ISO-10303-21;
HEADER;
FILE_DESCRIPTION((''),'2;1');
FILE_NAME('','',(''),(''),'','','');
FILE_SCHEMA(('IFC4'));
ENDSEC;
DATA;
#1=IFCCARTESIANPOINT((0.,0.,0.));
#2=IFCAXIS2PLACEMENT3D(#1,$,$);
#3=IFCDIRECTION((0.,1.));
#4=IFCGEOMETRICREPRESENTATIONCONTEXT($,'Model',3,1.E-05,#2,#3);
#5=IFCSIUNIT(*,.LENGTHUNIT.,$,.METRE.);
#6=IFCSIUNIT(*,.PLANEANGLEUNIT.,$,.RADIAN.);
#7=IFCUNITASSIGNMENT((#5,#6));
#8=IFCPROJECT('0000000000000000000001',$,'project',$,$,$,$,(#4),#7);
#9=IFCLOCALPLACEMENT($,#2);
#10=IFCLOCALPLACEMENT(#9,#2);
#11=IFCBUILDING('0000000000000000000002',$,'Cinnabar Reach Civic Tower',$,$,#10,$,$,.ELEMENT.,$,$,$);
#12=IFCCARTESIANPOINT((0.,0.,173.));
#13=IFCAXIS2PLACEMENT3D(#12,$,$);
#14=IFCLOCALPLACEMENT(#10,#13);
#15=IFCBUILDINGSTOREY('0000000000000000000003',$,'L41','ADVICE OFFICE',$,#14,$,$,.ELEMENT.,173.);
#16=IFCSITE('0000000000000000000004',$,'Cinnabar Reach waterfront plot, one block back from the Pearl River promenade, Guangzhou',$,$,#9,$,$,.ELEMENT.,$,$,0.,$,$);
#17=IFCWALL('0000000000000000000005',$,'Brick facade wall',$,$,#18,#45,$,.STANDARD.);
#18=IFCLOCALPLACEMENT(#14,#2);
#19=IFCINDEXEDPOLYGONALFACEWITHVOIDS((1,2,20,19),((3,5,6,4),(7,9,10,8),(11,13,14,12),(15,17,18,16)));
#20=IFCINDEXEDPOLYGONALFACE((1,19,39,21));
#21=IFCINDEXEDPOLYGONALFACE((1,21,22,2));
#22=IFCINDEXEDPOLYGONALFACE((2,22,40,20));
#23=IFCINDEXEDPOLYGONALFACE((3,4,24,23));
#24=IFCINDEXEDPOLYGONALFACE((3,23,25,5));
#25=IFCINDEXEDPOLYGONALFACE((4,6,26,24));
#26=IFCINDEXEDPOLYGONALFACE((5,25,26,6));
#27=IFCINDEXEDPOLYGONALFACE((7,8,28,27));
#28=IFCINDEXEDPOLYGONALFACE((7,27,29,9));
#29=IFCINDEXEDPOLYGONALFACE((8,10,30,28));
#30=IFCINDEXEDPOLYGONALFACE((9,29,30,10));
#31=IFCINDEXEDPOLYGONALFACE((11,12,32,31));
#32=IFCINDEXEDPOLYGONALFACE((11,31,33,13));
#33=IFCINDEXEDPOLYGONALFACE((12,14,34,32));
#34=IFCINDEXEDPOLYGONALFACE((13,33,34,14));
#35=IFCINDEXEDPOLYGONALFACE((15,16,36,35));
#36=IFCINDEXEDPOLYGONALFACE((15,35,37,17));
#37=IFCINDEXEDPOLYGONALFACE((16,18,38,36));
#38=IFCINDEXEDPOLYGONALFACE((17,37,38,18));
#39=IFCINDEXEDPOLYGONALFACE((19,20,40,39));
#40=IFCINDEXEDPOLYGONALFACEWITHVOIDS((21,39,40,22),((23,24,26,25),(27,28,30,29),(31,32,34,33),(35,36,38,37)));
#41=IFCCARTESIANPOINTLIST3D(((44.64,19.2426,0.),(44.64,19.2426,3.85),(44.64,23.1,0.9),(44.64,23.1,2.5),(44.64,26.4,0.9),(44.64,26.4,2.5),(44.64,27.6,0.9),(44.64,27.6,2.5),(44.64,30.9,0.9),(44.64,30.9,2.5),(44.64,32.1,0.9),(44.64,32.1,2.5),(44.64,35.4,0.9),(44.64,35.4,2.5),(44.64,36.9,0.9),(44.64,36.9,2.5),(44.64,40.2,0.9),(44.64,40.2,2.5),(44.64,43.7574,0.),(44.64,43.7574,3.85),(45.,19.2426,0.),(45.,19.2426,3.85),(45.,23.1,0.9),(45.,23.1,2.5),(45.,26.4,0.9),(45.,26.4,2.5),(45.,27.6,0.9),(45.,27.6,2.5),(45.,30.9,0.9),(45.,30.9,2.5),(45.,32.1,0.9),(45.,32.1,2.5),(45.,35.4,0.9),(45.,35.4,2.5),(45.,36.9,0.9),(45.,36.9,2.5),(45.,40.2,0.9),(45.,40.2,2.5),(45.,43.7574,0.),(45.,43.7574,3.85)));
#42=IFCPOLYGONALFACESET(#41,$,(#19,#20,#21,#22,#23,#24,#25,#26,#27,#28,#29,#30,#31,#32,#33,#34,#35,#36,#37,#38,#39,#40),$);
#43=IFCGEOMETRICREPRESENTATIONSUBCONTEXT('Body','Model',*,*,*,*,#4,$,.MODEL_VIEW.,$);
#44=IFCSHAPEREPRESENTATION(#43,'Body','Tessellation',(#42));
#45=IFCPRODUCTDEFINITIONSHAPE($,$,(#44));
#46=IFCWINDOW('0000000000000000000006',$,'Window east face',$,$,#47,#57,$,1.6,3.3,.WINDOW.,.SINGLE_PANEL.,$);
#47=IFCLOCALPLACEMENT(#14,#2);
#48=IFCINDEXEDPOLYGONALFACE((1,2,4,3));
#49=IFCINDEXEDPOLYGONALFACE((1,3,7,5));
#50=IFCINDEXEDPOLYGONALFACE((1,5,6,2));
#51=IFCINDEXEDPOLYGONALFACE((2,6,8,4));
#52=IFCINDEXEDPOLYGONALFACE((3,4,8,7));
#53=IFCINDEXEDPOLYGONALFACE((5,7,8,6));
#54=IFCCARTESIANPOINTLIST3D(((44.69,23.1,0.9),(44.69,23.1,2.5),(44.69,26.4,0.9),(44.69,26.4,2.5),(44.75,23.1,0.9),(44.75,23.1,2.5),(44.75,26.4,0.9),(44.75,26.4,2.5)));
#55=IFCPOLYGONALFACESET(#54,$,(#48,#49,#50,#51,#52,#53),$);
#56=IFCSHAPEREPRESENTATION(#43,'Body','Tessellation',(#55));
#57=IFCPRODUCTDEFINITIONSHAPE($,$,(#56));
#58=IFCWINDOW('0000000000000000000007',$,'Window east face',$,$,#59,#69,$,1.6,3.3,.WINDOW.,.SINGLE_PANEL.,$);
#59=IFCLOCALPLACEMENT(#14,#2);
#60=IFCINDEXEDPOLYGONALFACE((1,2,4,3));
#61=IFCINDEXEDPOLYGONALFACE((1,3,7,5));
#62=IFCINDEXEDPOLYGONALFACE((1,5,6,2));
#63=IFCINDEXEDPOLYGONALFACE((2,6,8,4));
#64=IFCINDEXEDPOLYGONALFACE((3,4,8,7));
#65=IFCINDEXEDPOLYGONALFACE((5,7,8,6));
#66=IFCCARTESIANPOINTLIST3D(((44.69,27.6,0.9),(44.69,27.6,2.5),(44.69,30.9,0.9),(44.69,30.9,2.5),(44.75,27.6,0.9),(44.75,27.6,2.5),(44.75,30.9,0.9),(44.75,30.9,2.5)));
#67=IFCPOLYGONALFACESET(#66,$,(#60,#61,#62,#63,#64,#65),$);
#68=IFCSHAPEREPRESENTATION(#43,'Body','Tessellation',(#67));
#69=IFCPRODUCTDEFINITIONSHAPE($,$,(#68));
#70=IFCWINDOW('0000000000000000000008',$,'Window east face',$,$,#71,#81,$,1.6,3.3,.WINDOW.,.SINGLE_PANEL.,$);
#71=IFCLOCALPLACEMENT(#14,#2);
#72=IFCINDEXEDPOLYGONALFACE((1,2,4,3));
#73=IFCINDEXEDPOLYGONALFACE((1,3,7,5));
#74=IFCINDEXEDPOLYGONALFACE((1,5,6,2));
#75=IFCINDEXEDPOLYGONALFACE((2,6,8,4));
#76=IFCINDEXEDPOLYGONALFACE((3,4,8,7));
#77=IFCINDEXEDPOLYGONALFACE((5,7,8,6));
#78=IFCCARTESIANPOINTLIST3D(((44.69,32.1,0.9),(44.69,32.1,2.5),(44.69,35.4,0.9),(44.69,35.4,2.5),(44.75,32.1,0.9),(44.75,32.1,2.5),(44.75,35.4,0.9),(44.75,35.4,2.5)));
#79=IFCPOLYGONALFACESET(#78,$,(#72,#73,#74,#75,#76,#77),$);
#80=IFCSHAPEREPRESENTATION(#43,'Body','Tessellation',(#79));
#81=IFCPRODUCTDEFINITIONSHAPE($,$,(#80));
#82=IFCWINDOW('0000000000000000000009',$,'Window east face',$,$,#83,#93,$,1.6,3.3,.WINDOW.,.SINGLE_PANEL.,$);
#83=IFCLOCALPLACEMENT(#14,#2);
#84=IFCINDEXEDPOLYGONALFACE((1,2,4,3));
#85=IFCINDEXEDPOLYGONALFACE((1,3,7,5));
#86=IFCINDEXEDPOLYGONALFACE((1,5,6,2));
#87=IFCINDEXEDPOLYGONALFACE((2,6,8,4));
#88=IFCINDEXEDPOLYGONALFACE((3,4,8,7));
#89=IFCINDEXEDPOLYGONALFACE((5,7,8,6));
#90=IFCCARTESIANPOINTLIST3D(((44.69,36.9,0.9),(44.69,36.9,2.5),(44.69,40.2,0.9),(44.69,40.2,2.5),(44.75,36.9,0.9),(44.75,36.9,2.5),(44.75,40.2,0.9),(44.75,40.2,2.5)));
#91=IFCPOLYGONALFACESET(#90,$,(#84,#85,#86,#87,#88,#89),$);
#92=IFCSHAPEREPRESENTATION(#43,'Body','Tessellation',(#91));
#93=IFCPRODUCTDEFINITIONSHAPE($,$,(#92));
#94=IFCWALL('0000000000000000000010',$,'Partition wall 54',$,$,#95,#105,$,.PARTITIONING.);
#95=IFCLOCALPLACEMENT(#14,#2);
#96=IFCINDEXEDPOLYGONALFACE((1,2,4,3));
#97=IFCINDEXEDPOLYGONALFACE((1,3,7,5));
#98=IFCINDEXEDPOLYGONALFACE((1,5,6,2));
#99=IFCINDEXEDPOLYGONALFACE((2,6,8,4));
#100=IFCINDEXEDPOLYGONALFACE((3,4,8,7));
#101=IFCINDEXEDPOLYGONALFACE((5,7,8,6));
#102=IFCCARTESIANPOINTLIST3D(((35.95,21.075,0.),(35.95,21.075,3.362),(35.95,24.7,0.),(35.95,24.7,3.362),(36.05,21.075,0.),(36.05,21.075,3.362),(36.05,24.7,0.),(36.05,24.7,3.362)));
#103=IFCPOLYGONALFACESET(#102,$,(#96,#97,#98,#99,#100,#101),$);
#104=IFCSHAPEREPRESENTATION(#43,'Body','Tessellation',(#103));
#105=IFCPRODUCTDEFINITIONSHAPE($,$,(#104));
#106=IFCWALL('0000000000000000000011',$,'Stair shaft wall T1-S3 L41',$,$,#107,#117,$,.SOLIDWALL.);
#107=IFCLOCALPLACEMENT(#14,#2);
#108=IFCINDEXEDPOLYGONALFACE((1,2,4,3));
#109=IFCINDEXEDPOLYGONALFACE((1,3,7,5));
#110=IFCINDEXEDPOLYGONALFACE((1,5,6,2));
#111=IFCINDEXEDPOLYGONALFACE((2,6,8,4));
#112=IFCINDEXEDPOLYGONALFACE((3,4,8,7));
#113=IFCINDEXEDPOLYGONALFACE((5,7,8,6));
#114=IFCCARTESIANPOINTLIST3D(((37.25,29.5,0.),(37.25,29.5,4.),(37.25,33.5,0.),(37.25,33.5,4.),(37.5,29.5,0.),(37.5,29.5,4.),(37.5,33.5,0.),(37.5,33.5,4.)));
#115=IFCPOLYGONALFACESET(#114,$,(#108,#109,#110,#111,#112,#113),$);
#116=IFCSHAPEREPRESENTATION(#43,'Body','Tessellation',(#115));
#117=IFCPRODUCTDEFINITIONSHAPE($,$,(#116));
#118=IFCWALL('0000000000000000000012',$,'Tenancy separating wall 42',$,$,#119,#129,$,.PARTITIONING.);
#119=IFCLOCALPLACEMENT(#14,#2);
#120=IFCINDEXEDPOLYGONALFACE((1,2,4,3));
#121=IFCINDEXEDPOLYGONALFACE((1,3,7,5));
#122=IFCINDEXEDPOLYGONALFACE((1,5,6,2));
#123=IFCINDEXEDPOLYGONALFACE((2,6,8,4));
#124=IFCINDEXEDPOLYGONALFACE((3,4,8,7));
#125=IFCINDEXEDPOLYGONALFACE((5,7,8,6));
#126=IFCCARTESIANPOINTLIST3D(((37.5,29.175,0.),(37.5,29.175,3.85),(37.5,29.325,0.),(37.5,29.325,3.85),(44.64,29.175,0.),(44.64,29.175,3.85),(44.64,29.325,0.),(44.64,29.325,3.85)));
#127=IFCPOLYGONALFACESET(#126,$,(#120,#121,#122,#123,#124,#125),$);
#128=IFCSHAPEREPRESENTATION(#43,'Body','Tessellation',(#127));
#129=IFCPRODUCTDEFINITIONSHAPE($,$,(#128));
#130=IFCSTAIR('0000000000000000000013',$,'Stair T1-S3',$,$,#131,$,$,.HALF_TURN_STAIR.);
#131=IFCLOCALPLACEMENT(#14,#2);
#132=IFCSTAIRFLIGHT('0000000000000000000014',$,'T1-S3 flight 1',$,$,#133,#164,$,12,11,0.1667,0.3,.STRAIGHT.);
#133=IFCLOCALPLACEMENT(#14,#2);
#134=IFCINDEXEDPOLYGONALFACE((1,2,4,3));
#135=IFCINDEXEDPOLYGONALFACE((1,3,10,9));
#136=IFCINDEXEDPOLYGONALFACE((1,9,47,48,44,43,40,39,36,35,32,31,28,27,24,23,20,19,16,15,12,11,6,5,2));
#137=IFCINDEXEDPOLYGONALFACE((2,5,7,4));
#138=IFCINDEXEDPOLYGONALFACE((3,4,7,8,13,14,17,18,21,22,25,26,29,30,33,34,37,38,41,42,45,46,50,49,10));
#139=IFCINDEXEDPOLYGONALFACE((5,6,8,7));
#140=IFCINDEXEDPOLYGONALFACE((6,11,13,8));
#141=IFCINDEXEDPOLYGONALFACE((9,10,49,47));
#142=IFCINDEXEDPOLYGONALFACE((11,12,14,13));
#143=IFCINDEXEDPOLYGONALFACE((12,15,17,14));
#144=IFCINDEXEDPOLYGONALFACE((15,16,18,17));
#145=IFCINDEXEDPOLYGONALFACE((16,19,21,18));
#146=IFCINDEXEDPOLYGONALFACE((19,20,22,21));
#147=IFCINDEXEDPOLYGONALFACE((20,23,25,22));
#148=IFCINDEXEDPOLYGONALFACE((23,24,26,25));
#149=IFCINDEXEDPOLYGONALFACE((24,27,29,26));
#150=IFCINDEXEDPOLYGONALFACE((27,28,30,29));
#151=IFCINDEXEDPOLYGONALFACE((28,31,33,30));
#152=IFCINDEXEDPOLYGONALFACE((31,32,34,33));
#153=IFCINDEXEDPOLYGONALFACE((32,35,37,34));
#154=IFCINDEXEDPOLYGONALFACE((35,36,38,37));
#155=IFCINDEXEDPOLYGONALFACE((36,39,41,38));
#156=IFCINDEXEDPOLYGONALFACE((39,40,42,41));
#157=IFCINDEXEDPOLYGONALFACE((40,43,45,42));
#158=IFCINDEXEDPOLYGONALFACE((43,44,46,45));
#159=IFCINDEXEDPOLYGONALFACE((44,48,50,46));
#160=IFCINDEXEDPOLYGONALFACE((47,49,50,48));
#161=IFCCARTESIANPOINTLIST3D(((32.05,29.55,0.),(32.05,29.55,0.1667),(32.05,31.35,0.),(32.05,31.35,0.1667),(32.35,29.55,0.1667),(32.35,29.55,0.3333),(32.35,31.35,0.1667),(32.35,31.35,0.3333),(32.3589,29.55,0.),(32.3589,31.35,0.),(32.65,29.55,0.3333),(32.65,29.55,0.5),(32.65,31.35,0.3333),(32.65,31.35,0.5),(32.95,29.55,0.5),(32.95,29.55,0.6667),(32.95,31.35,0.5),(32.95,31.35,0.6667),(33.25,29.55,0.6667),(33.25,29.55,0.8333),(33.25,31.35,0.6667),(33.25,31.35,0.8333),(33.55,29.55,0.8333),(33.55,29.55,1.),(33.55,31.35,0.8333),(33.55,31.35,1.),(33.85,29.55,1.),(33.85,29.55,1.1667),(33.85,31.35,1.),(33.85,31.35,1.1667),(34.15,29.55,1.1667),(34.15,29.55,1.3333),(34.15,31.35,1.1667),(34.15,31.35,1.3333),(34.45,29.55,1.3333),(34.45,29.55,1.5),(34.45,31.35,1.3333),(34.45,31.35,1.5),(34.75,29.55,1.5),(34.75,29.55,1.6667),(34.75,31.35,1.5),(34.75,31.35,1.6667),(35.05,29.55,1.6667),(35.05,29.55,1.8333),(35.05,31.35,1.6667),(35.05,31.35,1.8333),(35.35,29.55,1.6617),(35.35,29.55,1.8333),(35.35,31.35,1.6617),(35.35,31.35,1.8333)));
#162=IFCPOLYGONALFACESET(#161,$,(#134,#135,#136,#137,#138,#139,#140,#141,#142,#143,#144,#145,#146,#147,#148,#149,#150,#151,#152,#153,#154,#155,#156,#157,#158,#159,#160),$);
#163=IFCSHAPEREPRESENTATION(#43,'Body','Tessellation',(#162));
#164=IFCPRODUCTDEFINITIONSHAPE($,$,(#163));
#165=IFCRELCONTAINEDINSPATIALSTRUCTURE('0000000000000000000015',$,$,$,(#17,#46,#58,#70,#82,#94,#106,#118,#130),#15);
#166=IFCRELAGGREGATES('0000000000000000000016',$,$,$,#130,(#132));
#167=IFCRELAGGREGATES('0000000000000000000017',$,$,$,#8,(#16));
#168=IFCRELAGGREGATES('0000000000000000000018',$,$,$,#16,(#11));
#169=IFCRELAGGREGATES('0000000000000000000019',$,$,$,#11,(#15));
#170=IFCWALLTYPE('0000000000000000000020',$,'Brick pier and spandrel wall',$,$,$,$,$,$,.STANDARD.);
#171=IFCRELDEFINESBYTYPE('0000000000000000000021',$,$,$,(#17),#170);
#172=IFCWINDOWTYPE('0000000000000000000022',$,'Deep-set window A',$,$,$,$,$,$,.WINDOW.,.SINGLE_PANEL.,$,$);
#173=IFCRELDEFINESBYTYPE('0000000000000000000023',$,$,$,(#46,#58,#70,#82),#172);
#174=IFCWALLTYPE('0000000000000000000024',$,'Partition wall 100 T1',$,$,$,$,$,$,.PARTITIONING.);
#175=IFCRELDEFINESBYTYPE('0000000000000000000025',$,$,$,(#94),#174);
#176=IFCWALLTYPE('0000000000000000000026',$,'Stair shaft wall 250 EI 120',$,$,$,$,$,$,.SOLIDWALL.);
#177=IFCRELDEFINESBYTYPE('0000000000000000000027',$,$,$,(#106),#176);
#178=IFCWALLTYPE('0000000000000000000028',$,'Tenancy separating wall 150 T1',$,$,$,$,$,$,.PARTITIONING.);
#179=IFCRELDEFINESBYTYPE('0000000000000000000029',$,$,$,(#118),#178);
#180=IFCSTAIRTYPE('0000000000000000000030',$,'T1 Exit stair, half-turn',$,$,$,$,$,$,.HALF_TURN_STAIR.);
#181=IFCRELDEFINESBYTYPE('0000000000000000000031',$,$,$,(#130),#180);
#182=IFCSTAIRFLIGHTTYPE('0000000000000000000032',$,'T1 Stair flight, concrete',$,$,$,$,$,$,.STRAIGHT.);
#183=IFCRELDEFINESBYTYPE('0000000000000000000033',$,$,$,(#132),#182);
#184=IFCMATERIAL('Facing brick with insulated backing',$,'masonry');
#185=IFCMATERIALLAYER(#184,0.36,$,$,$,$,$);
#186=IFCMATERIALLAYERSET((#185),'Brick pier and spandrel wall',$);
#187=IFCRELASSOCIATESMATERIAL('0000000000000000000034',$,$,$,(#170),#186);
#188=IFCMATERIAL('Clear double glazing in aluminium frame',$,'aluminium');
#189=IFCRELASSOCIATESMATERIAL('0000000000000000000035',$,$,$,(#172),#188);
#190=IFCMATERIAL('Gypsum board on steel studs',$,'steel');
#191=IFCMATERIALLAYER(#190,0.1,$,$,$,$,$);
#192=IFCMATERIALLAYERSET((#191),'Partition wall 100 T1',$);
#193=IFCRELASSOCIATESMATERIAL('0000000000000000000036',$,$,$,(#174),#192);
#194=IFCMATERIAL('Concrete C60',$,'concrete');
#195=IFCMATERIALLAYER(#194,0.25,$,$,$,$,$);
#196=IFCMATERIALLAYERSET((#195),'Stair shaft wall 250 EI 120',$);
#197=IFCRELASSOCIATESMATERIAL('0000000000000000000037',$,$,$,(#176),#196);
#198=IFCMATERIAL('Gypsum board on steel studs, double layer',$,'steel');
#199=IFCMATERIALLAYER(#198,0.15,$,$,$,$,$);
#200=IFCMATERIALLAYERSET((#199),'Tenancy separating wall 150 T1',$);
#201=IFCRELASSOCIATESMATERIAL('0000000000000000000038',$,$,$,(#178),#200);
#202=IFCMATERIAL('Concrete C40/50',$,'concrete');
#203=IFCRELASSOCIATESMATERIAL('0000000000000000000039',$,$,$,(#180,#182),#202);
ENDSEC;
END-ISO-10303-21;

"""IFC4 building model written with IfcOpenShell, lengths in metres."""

from ifc_helpers import new_model, si_unit, direction, frame, frame_2d, origin, place, context, subcontext, project, spatial, polyline, rectangle, outline, extrude, material, layer, layer_set, type_object, element, fill, aggregate, save


model = new_model("IFC4")

# Units and contexts
model_context = context("Model", 3, precision=1e-05, world=origin(), true_north=direction((0.0, 1.0)))
body_context = subcontext(model_context, "Body", "Model", "MODEL_VIEW")
ifc_project = project(units=[si_unit("LENGTHUNIT", "METRE"), si_unit("PLANEANGLEUNIT", "RADIAN")], contexts=[model_context])

# Site, building, storey
site_placement = place(None, origin())
site = spatial("IfcSite", under=ifc_project, at=site_placement, Name="Cinnabar Reach waterfront plot, one block back from the Pearl River promenade, Guangzhou", CompositionType="ELEMENT", RefElevation=0.0)
building_placement = place(site_placement, origin())
building = spatial("IfcBuilding", under=site, at=building_placement, Name="Cinnabar Reach Civic Tower", CompositionType="ELEMENT")
storey_placement = place(building_placement, frame((0.0, 0.0, 173.0)))
storey = spatial("IfcBuildingStorey", under=building, at=storey_placement, Name="L41", Description="ADVICE OFFICE", CompositionType="ELEMENT", Elevation=173.0)

# Shared definitions
ifc_material_1 = material(Name="Facing brick with insulated backing", Category="masonry")

# Wall, openings, windows
ifc_layer_1 = layer(ifc_material_1, 0.36)
ifc_layer_set_1 = layer_set([ifc_layer_1], Name="Brick pier and spandrel wall")
wall_type_1 = type_object("IfcWallType", Name="Brick pier and spandrel wall", PredefinedType="STANDARD", material=ifc_layer_set_1)
wall_1_placement = place(storey_placement, frame((44.82, 19.2426, 0.0), z_axis=(0.0, 0.0, 1.0), x_axis=(0.0, 1.0, 0.0)))
wall_1 = element("IfcWall", 1, at=wall_1_placement, inside=storey, type_object=wall_type_1, Name="Brick facade wall", PredefinedType="STANDARD", context=body_context, shape_type="SweptSolid", body=[
    extrude(rectangle(XDim=24.5148, YDim=0.36, at=frame_2d((12.2574, 0.0))), origin(), (0.0, 0.0, 1.0), 3.85),
])
opening_1_placement = place(wall_1_placement, frame((3.8574, 0.0, 0.9)))
opening_1 = element("IfcOpeningElement", 2, at=opening_1_placement, cuts=wall_1, PredefinedType="OPENING", context=body_context, shape_type="SweptSolid", body=[
    extrude(rectangle(XDim=3.3, YDim=1.6, at=frame_2d((1.65, 0.8))), frame((0.0, 0.19, 0.0), z_axis=(0.0, -1.0, 0.0), x_axis=(1.0, 0.0, 0.0)), (0.0, 0.0, 1.0), 0.38),
])
opening_2_placement = place(wall_1_placement, frame((8.3574, 0.0, 0.9)))
opening_2 = element("IfcOpeningElement", 3, at=opening_2_placement, cuts=wall_1, PredefinedType="OPENING", context=body_context, shape_type="SweptSolid", body=[
    extrude(rectangle(XDim=3.3, YDim=1.6, at=frame_2d((1.65, 0.8))), frame((0.0, 0.19, 0.0), z_axis=(0.0, -1.0, 0.0), x_axis=(1.0, 0.0, 0.0)), (0.0, 0.0, 1.0), 0.38),
])
opening_3_placement = place(wall_1_placement, frame((12.8574, 0.0, 0.9)))
opening_3 = element("IfcOpeningElement", 4, at=opening_3_placement, cuts=wall_1, PredefinedType="OPENING", context=body_context, shape_type="SweptSolid", body=[
    extrude(rectangle(XDim=3.3, YDim=1.6, at=frame_2d((1.65, 0.8))), frame((0.0, 0.19, 0.0), z_axis=(0.0, -1.0, 0.0), x_axis=(1.0, 0.0, 0.0)), (0.0, 0.0, 1.0), 0.38),
])
opening_4_placement = place(wall_1_placement, frame((17.6574, 0.0, 0.9)))
opening_4 = element("IfcOpeningElement", 5, at=opening_4_placement, cuts=wall_1, PredefinedType="OPENING", context=body_context, shape_type="SweptSolid", body=[
    extrude(rectangle(XDim=3.3, YDim=1.6, at=frame_2d((1.65, 0.8))), frame((0.0, 0.19, 0.0), z_axis=(0.0, -1.0, 0.0), x_axis=(1.0, 0.0, 0.0)), (0.0, 0.0, 1.0), 0.38),
])
ifc_material_2 = material(Name="Clear double glazing in aluminium frame", Category="aluminium")
window_type = type_object("IfcWindowType", Name="Deep-set window A", PartitioningType="SINGLE_PANEL", PredefinedType="WINDOW", material=ifc_material_2)
window_1_placement = place(opening_1_placement, origin())
window_1 = element("IfcWindow", 6, at=window_1_placement, inside=storey, type_object=window_type, Name="Window east face", OverallHeight=1.6, OverallWidth=3.3, PartitioningType="SINGLE_PANEL", PredefinedType="WINDOW", context=body_context, shape_type="SweptSolid", body=[
    extrude(rectangle(XDim=3.3, YDim=1.6, at=frame_2d((1.65, 0.8))), frame((0.0, 0.13, 0.0), z_axis=(0.0, -1.0, 0.0), x_axis=(1.0, 0.0, 0.0)), (0.0, 0.0, 1.0), 0.06),
])
fill(opening_1, window_1)
window_2_placement = place(opening_2_placement, origin())
window_2 = element("IfcWindow", 7, at=window_2_placement, inside=storey, type_object=window_type, Name="Window east face", OverallHeight=1.6, OverallWidth=3.3, PartitioningType="SINGLE_PANEL", PredefinedType="WINDOW", context=body_context, shape_type="SweptSolid", body=[
    extrude(rectangle(XDim=3.3, YDim=1.6, at=frame_2d((1.65, 0.8))), frame((0.0, 0.13, 0.0), z_axis=(0.0, -1.0, 0.0), x_axis=(1.0, 0.0, 0.0)), (0.0, 0.0, 1.0), 0.06),
])
fill(opening_2, window_2)
window_3_placement = place(opening_3_placement, origin())
window_3 = element("IfcWindow", 8, at=window_3_placement, inside=storey, type_object=window_type, Name="Window east face", OverallHeight=1.6, OverallWidth=3.3, PartitioningType="SINGLE_PANEL", PredefinedType="WINDOW", context=body_context, shape_type="SweptSolid", body=[
    extrude(rectangle(XDim=3.3, YDim=1.6, at=frame_2d((1.65, 0.8))), frame((0.0, 0.13, 0.0), z_axis=(0.0, -1.0, 0.0), x_axis=(1.0, 0.0, 0.0)), (0.0, 0.0, 1.0), 0.06),
])
fill(opening_3, window_3)
window_4_placement = place(opening_4_placement, origin())
window_4 = element("IfcWindow", 9, at=window_4_placement, inside=storey, type_object=window_type, Name="Window east face", OverallHeight=1.6, OverallWidth=3.3, PartitioningType="SINGLE_PANEL", PredefinedType="WINDOW", context=body_context, shape_type="SweptSolid", body=[
    extrude(rectangle(XDim=3.3, YDim=1.6, at=frame_2d((1.65, 0.8))), frame((0.0, 0.13, 0.0), z_axis=(0.0, -1.0, 0.0), x_axis=(1.0, 0.0, 0.0)), (0.0, 0.0, 1.0), 0.06),
])
fill(opening_4, window_4)

# Walls
ifc_material_3 = material(Name="Gypsum board on steel studs", Category="steel")
ifc_layer_2 = layer(ifc_material_3, 0.1)
ifc_layer_set_2 = layer_set([ifc_layer_2], Name="Partition wall 100 T1")
wall_type_2 = type_object("IfcWallType", Name="Partition wall 100 T1", PredefinedType="PARTITIONING", material=ifc_layer_set_2)
wall_2_placement = place(storey_placement, frame((36.0, 21.075, 0.0), z_axis=(0.0, 0.0, 1.0), x_axis=(0.0, 1.0, 0.0)))
element("IfcWall", 10, at=wall_2_placement, inside=storey, type_object=wall_type_2, Name="Partition wall 54", PredefinedType="PARTITIONING", context=body_context, shape_type="SweptSolid", body=[
    extrude(rectangle(XDim=3.625, YDim=0.1, at=frame_2d((1.8125, 0.0))), origin(), (0.0, 0.0, 1.0), 3.362),
])
ifc_material_4 = material(Name="Concrete C60", Category="concrete")
ifc_layer_3 = layer(ifc_material_4, 0.25)
ifc_layer_set_3 = layer_set([ifc_layer_3], Name="Stair shaft wall 250 EI 120")
wall_type_3 = type_object("IfcWallType", Name="Stair shaft wall 250 EI 120", PredefinedType="SOLIDWALL", material=ifc_layer_set_3)
wall_3_placement = place(storey_placement, frame((37.375, 29.5, 0.0), z_axis=(0.0, 0.0, 1.0), x_axis=(0.0, 1.0, 0.0)))
element("IfcWall", 11, at=wall_3_placement, inside=storey, type_object=wall_type_3, Name="Stair shaft wall T1-S3 L41", PredefinedType="SOLIDWALL", context=body_context, shape_type="SweptSolid", body=[
    extrude(rectangle(XDim=4.0, YDim=0.25, at=frame_2d((2.0, 0.0))), origin(), (0.0, 0.0, 1.0), 4.0),
])
ifc_material_5 = material(Name="Gypsum board on steel studs, double layer", Category="steel")
ifc_layer_4 = layer(ifc_material_5, 0.15)
ifc_layer_set_4 = layer_set([ifc_layer_4], Name="Tenancy separating wall 150 T1")
wall_type_4 = type_object("IfcWallType", Name="Tenancy separating wall 150 T1", PredefinedType="PARTITIONING", material=ifc_layer_set_4)
wall_4_placement = place(storey_placement, frame((37.5, 29.25, 0.0), z_axis=(0.0, 0.0, 1.0), x_axis=(1.0, 0.0, 0.0)))
element("IfcWall", 12, at=wall_4_placement, inside=storey, type_object=wall_type_4, Name="Tenancy separating wall 42", PredefinedType="PARTITIONING", context=body_context, shape_type="SweptSolid", body=[
    extrude(rectangle(XDim=7.14, YDim=0.15, at=frame_2d((3.57, 0.0))), origin(), (0.0, 0.0, 1.0), 3.85),
])

# Stair, stair flight
ifc_material_6 = material(Name="Concrete C40/50", Category="concrete")
stair_type = type_object("IfcStairType", Name="T1 Exit stair, half-turn", PredefinedType="HALF_TURN_STAIR", material=ifc_material_6)
stair_placement = place(storey_placement, origin())
stair = element("IfcStair", 13, at=stair_placement, inside=storey, type_object=stair_type, Name="Stair T1-S3", PredefinedType="HALF_TURN_STAIR")
stair_flight_type = type_object("IfcStairFlightType", Name="T1 Stair flight, concrete", PredefinedType="STRAIGHT", material=ifc_material_6)
stair_flight_placement = place(storey_placement, frame((32.05, 30.45, 0.0), z_axis=(0.0, 0.0, 1.0), x_axis=(1.0, 0.0, 0.0)))
stair_flight = element("IfcStairFlight", 14, at=stair_flight_placement, type_object=stair_flight_type, Name="T1-S3 flight 1", NumberOfRisers=12, NumberOfTreads=11, PredefinedType="STRAIGHT", RiserHeight=0.1667, TreadLength=0.3, context=body_context, shape_type="SweptSolid", body=[
    extrude(outline(polyline([(0.0, 0.0), (0.0, 0.1667), (0.3, 0.1667), (0.3, 0.3333), (0.6, 0.3333), (0.6, 0.5), (0.9, 0.5), (0.9, 0.6667), (1.2, 0.6667), (1.2, 0.8333), (1.5, 0.8333), (1.5, 1.0), (1.8, 1.0), (1.8, 1.1667), (2.1, 1.1667), (2.1, 1.3333), (2.4, 1.3333), (2.4, 1.5), (2.7, 1.5), (2.7, 1.6667), (3.0, 1.6667), (3.0, 1.8333), (3.3, 1.8333), (3.3, 2.0), (3.3, 1.6617), (0.3089, 0.0), (0.0, 0.0)])), frame((0.0, 0.9, 0.0), z_axis=(0.0, -1.0, 0.0), x_axis=(1.0, 0.0, 0.0)), (0.0, 0.0, 1.0), 1.8),
])
aggregate(stair, [stair_flight])

save(model, "model.ifc")
